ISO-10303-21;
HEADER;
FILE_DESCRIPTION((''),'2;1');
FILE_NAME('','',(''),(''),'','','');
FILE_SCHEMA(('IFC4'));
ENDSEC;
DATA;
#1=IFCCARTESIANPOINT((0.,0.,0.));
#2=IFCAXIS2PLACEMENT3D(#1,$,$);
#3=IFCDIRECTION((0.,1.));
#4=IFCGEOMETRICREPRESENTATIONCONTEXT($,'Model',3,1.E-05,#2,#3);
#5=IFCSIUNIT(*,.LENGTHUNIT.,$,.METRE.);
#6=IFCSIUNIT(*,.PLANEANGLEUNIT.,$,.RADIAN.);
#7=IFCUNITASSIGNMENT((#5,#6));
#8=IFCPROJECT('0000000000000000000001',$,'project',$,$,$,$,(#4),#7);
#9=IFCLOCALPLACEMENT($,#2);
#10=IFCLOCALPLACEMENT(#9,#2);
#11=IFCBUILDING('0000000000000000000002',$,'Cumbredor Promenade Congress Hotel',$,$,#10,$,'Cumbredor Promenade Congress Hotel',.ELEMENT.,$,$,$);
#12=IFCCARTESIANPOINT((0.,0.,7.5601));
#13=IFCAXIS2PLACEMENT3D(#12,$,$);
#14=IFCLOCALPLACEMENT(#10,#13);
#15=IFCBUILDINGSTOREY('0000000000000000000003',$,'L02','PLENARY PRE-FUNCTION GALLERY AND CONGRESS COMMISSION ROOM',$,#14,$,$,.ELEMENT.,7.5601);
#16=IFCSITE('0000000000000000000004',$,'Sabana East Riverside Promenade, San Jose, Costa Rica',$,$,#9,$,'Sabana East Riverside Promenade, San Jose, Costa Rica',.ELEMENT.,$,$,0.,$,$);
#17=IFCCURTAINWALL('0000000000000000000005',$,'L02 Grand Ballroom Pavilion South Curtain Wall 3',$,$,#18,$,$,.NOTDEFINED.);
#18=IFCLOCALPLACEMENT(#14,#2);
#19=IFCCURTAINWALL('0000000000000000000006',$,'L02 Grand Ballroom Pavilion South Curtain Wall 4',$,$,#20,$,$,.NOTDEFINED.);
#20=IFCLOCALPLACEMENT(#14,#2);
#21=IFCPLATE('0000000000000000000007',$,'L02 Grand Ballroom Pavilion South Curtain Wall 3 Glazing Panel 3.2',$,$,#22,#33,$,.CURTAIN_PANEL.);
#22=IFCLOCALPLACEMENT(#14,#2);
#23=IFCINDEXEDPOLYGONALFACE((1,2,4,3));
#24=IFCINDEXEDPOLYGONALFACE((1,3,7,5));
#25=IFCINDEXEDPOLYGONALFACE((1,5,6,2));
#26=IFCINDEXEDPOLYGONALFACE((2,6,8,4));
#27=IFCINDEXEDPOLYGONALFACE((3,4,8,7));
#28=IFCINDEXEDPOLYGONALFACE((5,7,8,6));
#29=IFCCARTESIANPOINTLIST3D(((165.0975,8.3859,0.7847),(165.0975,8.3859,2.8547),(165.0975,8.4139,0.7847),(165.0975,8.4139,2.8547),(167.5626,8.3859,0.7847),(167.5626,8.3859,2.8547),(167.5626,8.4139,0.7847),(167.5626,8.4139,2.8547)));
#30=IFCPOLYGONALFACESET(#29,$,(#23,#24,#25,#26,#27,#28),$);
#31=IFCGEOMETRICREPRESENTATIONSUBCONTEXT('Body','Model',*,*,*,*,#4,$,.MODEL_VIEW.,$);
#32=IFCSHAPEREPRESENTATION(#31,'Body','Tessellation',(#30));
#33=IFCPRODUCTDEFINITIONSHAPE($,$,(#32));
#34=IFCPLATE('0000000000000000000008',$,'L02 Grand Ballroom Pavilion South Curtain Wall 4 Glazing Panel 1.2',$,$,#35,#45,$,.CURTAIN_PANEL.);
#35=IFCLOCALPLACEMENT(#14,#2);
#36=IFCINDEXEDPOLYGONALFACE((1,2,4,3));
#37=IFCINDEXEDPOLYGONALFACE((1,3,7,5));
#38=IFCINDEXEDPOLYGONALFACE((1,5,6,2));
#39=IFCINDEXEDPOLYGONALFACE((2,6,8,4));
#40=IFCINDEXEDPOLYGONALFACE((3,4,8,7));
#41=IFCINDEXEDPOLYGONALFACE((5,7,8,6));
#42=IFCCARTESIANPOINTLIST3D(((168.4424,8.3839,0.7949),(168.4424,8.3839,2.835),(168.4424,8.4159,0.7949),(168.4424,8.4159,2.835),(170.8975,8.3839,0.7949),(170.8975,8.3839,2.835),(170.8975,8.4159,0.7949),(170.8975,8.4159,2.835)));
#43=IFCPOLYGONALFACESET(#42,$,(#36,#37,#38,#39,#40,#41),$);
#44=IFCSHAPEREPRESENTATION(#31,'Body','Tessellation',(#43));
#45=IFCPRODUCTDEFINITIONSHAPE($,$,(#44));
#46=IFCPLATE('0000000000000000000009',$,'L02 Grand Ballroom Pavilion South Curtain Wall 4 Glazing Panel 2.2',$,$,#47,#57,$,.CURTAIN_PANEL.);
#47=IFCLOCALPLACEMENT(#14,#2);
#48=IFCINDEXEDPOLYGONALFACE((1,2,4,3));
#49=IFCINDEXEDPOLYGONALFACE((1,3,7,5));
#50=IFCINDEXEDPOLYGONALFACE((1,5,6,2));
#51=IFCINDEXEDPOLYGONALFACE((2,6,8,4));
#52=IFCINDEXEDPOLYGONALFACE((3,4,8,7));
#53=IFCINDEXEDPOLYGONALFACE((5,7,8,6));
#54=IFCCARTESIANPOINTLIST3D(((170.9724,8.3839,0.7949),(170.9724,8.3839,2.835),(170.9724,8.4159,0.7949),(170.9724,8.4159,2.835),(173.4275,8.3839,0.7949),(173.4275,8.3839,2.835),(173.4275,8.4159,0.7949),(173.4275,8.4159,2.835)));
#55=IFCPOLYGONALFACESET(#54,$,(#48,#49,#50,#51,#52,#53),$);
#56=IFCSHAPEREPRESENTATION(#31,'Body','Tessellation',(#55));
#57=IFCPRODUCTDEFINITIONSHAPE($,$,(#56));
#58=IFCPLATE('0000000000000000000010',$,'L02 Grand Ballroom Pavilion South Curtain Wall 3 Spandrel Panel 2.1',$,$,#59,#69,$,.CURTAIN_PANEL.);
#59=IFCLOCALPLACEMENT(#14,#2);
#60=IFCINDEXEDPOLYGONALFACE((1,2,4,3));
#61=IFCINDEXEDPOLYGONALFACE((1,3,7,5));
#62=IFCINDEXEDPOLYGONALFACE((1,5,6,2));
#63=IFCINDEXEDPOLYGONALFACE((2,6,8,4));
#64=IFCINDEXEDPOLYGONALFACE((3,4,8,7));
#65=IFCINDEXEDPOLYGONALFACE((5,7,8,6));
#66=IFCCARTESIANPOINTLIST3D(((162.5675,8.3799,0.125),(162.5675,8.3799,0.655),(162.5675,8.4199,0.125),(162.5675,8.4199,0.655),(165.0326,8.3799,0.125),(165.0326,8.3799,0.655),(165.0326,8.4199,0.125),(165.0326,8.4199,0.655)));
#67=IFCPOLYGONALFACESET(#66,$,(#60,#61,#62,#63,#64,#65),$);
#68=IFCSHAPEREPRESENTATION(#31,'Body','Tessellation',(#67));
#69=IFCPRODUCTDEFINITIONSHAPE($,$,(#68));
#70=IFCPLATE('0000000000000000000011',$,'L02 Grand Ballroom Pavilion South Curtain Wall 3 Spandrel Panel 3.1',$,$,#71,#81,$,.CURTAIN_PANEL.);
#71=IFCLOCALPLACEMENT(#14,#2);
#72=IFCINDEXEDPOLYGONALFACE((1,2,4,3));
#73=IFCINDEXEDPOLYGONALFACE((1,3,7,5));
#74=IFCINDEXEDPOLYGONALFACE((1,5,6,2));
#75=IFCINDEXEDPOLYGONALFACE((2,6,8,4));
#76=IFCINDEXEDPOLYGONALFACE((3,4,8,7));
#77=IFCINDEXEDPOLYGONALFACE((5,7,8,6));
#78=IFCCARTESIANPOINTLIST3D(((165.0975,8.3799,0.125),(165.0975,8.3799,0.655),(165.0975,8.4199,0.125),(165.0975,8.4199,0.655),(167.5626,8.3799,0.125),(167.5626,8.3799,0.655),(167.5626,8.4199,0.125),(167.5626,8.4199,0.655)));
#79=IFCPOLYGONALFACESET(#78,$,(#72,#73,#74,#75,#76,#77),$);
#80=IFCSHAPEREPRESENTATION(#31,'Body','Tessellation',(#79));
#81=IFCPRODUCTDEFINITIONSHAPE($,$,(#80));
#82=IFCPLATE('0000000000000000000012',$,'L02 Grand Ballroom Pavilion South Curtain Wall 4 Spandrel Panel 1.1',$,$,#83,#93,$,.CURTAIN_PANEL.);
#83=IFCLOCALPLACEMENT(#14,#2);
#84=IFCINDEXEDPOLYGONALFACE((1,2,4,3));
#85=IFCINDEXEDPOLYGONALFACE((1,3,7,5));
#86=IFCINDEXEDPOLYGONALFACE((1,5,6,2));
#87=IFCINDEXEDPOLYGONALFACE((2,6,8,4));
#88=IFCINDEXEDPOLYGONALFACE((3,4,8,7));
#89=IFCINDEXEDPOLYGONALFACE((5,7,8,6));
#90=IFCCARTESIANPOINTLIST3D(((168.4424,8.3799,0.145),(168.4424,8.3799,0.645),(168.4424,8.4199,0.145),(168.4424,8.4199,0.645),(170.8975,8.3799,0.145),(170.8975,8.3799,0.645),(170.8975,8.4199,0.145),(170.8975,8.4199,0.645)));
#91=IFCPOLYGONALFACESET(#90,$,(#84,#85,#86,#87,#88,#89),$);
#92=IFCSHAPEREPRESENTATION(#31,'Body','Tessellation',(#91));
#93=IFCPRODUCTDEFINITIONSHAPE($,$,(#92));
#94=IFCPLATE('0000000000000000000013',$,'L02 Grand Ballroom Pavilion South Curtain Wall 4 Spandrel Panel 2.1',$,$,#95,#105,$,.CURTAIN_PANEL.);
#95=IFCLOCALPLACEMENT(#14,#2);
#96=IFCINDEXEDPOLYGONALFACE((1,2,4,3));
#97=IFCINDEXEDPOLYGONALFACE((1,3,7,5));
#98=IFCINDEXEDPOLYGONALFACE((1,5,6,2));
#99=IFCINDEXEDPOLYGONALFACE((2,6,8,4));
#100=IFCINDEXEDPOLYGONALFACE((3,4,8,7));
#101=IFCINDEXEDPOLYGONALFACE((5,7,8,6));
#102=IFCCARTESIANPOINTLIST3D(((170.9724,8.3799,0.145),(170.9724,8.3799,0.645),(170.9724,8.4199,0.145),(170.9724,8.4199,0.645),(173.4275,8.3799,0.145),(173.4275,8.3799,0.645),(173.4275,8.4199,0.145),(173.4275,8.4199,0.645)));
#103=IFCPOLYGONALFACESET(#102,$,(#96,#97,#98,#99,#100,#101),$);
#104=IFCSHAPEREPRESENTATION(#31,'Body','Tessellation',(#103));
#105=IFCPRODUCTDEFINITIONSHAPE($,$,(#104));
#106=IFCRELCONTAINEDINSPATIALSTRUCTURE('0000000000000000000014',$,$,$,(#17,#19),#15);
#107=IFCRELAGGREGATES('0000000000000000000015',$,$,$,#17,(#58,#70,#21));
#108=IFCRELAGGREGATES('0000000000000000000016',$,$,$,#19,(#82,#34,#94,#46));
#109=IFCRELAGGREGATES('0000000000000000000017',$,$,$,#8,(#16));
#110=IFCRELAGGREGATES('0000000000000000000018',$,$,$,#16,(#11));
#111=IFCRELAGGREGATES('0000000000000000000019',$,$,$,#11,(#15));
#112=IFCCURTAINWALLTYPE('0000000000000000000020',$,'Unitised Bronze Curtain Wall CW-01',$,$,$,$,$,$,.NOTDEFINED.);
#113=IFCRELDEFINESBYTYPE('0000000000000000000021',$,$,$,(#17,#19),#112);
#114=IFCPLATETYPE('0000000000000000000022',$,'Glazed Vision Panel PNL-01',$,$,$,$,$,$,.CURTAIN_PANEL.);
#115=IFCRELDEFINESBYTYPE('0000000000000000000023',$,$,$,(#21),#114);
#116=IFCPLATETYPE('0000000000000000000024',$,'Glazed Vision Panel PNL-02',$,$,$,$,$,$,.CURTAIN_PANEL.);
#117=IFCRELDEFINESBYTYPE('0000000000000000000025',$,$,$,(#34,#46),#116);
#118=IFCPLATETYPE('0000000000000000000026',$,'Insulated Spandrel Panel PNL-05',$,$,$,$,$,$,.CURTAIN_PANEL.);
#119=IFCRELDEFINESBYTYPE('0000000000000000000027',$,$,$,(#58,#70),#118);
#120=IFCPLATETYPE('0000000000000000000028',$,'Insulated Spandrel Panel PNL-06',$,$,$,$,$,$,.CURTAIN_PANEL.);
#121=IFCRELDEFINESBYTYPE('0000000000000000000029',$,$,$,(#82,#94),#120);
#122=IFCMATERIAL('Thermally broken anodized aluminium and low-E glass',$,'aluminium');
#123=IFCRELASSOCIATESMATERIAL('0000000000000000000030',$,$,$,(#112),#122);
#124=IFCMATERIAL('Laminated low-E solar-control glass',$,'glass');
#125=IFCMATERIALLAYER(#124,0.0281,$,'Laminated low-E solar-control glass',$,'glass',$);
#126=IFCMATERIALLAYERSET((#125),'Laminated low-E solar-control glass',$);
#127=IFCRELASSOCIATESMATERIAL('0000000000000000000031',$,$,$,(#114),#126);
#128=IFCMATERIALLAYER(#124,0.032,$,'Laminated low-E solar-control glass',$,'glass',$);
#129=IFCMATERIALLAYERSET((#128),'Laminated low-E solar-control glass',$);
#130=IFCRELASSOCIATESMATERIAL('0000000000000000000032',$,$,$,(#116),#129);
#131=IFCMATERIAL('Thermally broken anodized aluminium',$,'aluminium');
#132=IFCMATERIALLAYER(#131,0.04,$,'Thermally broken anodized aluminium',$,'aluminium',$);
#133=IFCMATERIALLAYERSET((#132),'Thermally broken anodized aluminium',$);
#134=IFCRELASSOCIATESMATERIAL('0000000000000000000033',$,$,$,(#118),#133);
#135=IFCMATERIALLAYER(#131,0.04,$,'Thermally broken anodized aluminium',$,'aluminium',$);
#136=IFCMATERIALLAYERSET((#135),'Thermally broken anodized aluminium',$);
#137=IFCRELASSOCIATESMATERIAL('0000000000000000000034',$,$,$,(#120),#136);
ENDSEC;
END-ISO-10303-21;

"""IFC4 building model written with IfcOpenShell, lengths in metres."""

from ifc_helpers import new_model, si_unit, direction, frame, origin, origin_2d, place, context, subcontext, project, spatial, rectangle, extrude, material, layer, layer_set, type_object, element, aggregate, save


model = new_model("IFC4")

# Units and contexts
model_context = context("Model", 3, precision=1e-05, world=origin(), true_north=direction((0.0, 1.0)))
body_context = subcontext(model_context, "Body", "Model", "MODEL_VIEW")
ifc_project = project(units=[si_unit("LENGTHUNIT", "METRE"), si_unit("PLANEANGLEUNIT", "RADIAN")], contexts=[model_context])

# Site, building, storey
site_placement = place(None, origin())
site = spatial("IfcSite", under=ifc_project, at=site_placement, Name="Sabana East Riverside Promenade, San Jose, Costa Rica", LongName="Sabana East Riverside Promenade, San Jose, Costa Rica", CompositionType="ELEMENT", RefElevation=0.0)
building_placement = place(site_placement, origin())
building = spatial("IfcBuilding", under=site, at=building_placement, Name="Cumbredor Promenade Congress Hotel", LongName="Cumbredor Promenade Congress Hotel", CompositionType="ELEMENT")
storey_placement = place(building_placement, frame((0.0, 0.0, 7.5601)))
storey = spatial("IfcBuildingStorey", under=building, at=storey_placement, Name="L02", Description="PLENARY PRE-FUNCTION GALLERY AND CONGRESS COMMISSION ROOM", CompositionType="ELEMENT", Elevation=7.5601)

# Curtain walls
ifc_material_1 = material(Name="Thermally broken anodized aluminium and low-E glass", Category="aluminium")
curtain_wall_type = type_object("IfcCurtainWallType", Name="Unitised Bronze Curtain Wall CW-01", PredefinedType="NOTDEFINED", material=ifc_material_1)
curtain_wall_1_placement = place(storey_placement, origin())
curtain_wall_1 = element("IfcCurtainWall", 1, at=curtain_wall_1_placement, inside=storey, type_object=curtain_wall_type, Name="L02 Grand Ballroom Pavilion South Curtain Wall 3", PredefinedType="NOTDEFINED")
ifc_material_2 = material(Name="Thermally broken anodized aluminium", Category="aluminium")
curtain_wall_2_placement = place(storey_placement, origin())
curtain_wall_2 = element("IfcCurtainWall", 2, at=curtain_wall_2_placement, inside=storey, type_object=curtain_wall_type, Name="L02 Grand Ballroom Pavilion South Curtain Wall 4", PredefinedType="NOTDEFINED")

# Plates
ifc_material_3 = material(Name="Laminated low-E solar-control glass", Category="glass")
ifc_layer_1 = layer(ifc_material_3, 0.0281, Name="Laminated low-E solar-control glass", Category="glass")
ifc_layer_set_1 = layer_set([ifc_layer_1], Name="Laminated low-E solar-control glass")
plate_type_1 = type_object("IfcPlateType", Name="Glazed Vision Panel PNL-01", PredefinedType="CURTAIN_PANEL", material=ifc_layer_set_1)
plate_1_placement = place(storey_placement, frame((166.3301, 8.3999, 0.7847), z_axis=(0.0, 0.0, 1.0), x_axis=(1.0, 0.0, 0.0)))
plate_1 = element("IfcPlate", 3, at=plate_1_placement, type_object=plate_type_1, Name="L02 Grand Ballroom Pavilion South Curtain Wall 3 Glazing Panel 3.2", PredefinedType="CURTAIN_PANEL", context=body_context, shape_type="SweptSolid", body=[
    extrude(rectangle(XDim=2.4651, YDim=0.0281, at=origin_2d()), origin(), (0.0, 0.0, 1.0), 2.0701),
])
ifc_layer_2 = layer(ifc_material_3, 0.032, Name="Laminated low-E solar-control glass", Category="glass")
ifc_layer_set_2 = layer_set([ifc_layer_2], Name="Laminated low-E solar-control glass")
plate_type_2 = type_object("IfcPlateType", Name="Glazed Vision Panel PNL-02", PredefinedType="CURTAIN_PANEL", material=ifc_layer_set_2)
plate_2_placement = place(storey_placement, frame((169.6699, 8.3999, 0.7949), z_axis=(0.0, 0.0, 1.0), x_axis=(1.0, 0.0, 0.0)))
plate_2 = element("IfcPlate", 4, at=plate_2_placement, type_object=plate_type_2, Name="L02 Grand Ballroom Pavilion South Curtain Wall 4 Glazing Panel 1.2", PredefinedType="CURTAIN_PANEL", context=body_context, shape_type="SweptSolid", body=[
    extrude(rectangle(XDim=2.4551, YDim=0.032, at=origin_2d()), origin(), (0.0, 0.0, 1.0), 2.04),
])
plate_3_placement = place(storey_placement, frame((172.2, 8.3999, 0.7949), z_axis=(0.0, 0.0, 1.0), x_axis=(1.0, 0.0, 0.0)))
plate_3 = element("IfcPlate", 5, at=plate_3_placement, type_object=plate_type_2, Name="L02 Grand Ballroom Pavilion South Curtain Wall 4 Glazing Panel 2.2", PredefinedType="CURTAIN_PANEL", context=body_context, shape_type="SweptSolid", body=[
    extrude(rectangle(XDim=2.4551, YDim=0.032, at=origin_2d()), origin(), (0.0, 0.0, 1.0), 2.04),
])
ifc_layer_3 = layer(ifc_material_2, 0.04, Name="Thermally broken anodized aluminium", Category="aluminium")
ifc_layer_set_3 = layer_set([ifc_layer_3], Name="Thermally broken anodized aluminium")
plate_type_3 = type_object("IfcPlateType", Name="Insulated Spandrel Panel PNL-05", PredefinedType="CURTAIN_PANEL", material=ifc_layer_set_3)
plate_4_placement = place(storey_placement, frame((163.8, 8.3999, 0.125), z_axis=(0.0, 0.0, 1.0), x_axis=(1.0, 0.0, 0.0)))
plate_4 = element("IfcPlate", 6, at=plate_4_placement, type_object=plate_type_3, Name="L02 Grand Ballroom Pavilion South Curtain Wall 3 Spandrel Panel 2.1", PredefinedType="CURTAIN_PANEL", context=body_context, shape_type="SweptSolid", body=[
    extrude(rectangle(XDim=2.4651, YDim=0.04, at=origin_2d()), origin(), (0.0, 0.0, 1.0), 0.53),
])
plate_5_placement = place(storey_placement, frame((166.3301, 8.3999, 0.125), z_axis=(0.0, 0.0, 1.0), x_axis=(1.0, 0.0, 0.0)))
plate_5 = element("IfcPlate", 7, at=plate_5_placement, type_object=plate_type_3, Name="L02 Grand Ballroom Pavilion South Curtain Wall 3 Spandrel Panel 3.1", PredefinedType="CURTAIN_PANEL", context=body_context, shape_type="SweptSolid", body=[
    extrude(rectangle(XDim=2.4651, YDim=0.04, at=origin_2d()), origin(), (0.0, 0.0, 1.0), 0.53),
])
aggregate(curtain_wall_1, [plate_4, plate_5, plate_1])
ifc_layer_4 = layer(ifc_material_2, 0.04, Name="Thermally broken anodized aluminium", Category="aluminium")
ifc_layer_set_4 = layer_set([ifc_layer_4], Name="Thermally broken anodized aluminium")
plate_type_4 = type_object("IfcPlateType", Name="Insulated Spandrel Panel PNL-06", PredefinedType="CURTAIN_PANEL", material=ifc_layer_set_4)
plate_6_placement = place(storey_placement, frame((169.6699, 8.3999, 0.145), z_axis=(0.0, 0.0, 1.0), x_axis=(1.0, 0.0, 0.0)))
plate_6 = element("IfcPlate", 8, at=plate_6_placement, type_object=plate_type_4, Name="L02 Grand Ballroom Pavilion South Curtain Wall 4 Spandrel Panel 1.1", PredefinedType="CURTAIN_PANEL", context=body_context, shape_type="SweptSolid", body=[
    extrude(rectangle(XDim=2.4551, YDim=0.04, at=origin_2d()), origin(), (0.0, 0.0, 1.0), 0.5),
])
plate_7_placement = place(storey_placement, frame((172.2, 8.3999, 0.145), z_axis=(0.0, 0.0, 1.0), x_axis=(1.0, 0.0, 0.0)))
plate_7 = element("IfcPlate", 9, at=plate_7_placement, type_object=plate_type_4, Name="L02 Grand Ballroom Pavilion South Curtain Wall 4 Spandrel Panel 2.1", PredefinedType="CURTAIN_PANEL", context=body_context, shape_type="SweptSolid", body=[
    extrude(rectangle(XDim=2.4551, YDim=0.04, at=origin_2d()), origin(), (0.0, 0.0, 1.0), 0.5),
])
aggregate(curtain_wall_2, [plate_6, plate_2, plate_7, plate_3])

save(model, "model.ifc")
